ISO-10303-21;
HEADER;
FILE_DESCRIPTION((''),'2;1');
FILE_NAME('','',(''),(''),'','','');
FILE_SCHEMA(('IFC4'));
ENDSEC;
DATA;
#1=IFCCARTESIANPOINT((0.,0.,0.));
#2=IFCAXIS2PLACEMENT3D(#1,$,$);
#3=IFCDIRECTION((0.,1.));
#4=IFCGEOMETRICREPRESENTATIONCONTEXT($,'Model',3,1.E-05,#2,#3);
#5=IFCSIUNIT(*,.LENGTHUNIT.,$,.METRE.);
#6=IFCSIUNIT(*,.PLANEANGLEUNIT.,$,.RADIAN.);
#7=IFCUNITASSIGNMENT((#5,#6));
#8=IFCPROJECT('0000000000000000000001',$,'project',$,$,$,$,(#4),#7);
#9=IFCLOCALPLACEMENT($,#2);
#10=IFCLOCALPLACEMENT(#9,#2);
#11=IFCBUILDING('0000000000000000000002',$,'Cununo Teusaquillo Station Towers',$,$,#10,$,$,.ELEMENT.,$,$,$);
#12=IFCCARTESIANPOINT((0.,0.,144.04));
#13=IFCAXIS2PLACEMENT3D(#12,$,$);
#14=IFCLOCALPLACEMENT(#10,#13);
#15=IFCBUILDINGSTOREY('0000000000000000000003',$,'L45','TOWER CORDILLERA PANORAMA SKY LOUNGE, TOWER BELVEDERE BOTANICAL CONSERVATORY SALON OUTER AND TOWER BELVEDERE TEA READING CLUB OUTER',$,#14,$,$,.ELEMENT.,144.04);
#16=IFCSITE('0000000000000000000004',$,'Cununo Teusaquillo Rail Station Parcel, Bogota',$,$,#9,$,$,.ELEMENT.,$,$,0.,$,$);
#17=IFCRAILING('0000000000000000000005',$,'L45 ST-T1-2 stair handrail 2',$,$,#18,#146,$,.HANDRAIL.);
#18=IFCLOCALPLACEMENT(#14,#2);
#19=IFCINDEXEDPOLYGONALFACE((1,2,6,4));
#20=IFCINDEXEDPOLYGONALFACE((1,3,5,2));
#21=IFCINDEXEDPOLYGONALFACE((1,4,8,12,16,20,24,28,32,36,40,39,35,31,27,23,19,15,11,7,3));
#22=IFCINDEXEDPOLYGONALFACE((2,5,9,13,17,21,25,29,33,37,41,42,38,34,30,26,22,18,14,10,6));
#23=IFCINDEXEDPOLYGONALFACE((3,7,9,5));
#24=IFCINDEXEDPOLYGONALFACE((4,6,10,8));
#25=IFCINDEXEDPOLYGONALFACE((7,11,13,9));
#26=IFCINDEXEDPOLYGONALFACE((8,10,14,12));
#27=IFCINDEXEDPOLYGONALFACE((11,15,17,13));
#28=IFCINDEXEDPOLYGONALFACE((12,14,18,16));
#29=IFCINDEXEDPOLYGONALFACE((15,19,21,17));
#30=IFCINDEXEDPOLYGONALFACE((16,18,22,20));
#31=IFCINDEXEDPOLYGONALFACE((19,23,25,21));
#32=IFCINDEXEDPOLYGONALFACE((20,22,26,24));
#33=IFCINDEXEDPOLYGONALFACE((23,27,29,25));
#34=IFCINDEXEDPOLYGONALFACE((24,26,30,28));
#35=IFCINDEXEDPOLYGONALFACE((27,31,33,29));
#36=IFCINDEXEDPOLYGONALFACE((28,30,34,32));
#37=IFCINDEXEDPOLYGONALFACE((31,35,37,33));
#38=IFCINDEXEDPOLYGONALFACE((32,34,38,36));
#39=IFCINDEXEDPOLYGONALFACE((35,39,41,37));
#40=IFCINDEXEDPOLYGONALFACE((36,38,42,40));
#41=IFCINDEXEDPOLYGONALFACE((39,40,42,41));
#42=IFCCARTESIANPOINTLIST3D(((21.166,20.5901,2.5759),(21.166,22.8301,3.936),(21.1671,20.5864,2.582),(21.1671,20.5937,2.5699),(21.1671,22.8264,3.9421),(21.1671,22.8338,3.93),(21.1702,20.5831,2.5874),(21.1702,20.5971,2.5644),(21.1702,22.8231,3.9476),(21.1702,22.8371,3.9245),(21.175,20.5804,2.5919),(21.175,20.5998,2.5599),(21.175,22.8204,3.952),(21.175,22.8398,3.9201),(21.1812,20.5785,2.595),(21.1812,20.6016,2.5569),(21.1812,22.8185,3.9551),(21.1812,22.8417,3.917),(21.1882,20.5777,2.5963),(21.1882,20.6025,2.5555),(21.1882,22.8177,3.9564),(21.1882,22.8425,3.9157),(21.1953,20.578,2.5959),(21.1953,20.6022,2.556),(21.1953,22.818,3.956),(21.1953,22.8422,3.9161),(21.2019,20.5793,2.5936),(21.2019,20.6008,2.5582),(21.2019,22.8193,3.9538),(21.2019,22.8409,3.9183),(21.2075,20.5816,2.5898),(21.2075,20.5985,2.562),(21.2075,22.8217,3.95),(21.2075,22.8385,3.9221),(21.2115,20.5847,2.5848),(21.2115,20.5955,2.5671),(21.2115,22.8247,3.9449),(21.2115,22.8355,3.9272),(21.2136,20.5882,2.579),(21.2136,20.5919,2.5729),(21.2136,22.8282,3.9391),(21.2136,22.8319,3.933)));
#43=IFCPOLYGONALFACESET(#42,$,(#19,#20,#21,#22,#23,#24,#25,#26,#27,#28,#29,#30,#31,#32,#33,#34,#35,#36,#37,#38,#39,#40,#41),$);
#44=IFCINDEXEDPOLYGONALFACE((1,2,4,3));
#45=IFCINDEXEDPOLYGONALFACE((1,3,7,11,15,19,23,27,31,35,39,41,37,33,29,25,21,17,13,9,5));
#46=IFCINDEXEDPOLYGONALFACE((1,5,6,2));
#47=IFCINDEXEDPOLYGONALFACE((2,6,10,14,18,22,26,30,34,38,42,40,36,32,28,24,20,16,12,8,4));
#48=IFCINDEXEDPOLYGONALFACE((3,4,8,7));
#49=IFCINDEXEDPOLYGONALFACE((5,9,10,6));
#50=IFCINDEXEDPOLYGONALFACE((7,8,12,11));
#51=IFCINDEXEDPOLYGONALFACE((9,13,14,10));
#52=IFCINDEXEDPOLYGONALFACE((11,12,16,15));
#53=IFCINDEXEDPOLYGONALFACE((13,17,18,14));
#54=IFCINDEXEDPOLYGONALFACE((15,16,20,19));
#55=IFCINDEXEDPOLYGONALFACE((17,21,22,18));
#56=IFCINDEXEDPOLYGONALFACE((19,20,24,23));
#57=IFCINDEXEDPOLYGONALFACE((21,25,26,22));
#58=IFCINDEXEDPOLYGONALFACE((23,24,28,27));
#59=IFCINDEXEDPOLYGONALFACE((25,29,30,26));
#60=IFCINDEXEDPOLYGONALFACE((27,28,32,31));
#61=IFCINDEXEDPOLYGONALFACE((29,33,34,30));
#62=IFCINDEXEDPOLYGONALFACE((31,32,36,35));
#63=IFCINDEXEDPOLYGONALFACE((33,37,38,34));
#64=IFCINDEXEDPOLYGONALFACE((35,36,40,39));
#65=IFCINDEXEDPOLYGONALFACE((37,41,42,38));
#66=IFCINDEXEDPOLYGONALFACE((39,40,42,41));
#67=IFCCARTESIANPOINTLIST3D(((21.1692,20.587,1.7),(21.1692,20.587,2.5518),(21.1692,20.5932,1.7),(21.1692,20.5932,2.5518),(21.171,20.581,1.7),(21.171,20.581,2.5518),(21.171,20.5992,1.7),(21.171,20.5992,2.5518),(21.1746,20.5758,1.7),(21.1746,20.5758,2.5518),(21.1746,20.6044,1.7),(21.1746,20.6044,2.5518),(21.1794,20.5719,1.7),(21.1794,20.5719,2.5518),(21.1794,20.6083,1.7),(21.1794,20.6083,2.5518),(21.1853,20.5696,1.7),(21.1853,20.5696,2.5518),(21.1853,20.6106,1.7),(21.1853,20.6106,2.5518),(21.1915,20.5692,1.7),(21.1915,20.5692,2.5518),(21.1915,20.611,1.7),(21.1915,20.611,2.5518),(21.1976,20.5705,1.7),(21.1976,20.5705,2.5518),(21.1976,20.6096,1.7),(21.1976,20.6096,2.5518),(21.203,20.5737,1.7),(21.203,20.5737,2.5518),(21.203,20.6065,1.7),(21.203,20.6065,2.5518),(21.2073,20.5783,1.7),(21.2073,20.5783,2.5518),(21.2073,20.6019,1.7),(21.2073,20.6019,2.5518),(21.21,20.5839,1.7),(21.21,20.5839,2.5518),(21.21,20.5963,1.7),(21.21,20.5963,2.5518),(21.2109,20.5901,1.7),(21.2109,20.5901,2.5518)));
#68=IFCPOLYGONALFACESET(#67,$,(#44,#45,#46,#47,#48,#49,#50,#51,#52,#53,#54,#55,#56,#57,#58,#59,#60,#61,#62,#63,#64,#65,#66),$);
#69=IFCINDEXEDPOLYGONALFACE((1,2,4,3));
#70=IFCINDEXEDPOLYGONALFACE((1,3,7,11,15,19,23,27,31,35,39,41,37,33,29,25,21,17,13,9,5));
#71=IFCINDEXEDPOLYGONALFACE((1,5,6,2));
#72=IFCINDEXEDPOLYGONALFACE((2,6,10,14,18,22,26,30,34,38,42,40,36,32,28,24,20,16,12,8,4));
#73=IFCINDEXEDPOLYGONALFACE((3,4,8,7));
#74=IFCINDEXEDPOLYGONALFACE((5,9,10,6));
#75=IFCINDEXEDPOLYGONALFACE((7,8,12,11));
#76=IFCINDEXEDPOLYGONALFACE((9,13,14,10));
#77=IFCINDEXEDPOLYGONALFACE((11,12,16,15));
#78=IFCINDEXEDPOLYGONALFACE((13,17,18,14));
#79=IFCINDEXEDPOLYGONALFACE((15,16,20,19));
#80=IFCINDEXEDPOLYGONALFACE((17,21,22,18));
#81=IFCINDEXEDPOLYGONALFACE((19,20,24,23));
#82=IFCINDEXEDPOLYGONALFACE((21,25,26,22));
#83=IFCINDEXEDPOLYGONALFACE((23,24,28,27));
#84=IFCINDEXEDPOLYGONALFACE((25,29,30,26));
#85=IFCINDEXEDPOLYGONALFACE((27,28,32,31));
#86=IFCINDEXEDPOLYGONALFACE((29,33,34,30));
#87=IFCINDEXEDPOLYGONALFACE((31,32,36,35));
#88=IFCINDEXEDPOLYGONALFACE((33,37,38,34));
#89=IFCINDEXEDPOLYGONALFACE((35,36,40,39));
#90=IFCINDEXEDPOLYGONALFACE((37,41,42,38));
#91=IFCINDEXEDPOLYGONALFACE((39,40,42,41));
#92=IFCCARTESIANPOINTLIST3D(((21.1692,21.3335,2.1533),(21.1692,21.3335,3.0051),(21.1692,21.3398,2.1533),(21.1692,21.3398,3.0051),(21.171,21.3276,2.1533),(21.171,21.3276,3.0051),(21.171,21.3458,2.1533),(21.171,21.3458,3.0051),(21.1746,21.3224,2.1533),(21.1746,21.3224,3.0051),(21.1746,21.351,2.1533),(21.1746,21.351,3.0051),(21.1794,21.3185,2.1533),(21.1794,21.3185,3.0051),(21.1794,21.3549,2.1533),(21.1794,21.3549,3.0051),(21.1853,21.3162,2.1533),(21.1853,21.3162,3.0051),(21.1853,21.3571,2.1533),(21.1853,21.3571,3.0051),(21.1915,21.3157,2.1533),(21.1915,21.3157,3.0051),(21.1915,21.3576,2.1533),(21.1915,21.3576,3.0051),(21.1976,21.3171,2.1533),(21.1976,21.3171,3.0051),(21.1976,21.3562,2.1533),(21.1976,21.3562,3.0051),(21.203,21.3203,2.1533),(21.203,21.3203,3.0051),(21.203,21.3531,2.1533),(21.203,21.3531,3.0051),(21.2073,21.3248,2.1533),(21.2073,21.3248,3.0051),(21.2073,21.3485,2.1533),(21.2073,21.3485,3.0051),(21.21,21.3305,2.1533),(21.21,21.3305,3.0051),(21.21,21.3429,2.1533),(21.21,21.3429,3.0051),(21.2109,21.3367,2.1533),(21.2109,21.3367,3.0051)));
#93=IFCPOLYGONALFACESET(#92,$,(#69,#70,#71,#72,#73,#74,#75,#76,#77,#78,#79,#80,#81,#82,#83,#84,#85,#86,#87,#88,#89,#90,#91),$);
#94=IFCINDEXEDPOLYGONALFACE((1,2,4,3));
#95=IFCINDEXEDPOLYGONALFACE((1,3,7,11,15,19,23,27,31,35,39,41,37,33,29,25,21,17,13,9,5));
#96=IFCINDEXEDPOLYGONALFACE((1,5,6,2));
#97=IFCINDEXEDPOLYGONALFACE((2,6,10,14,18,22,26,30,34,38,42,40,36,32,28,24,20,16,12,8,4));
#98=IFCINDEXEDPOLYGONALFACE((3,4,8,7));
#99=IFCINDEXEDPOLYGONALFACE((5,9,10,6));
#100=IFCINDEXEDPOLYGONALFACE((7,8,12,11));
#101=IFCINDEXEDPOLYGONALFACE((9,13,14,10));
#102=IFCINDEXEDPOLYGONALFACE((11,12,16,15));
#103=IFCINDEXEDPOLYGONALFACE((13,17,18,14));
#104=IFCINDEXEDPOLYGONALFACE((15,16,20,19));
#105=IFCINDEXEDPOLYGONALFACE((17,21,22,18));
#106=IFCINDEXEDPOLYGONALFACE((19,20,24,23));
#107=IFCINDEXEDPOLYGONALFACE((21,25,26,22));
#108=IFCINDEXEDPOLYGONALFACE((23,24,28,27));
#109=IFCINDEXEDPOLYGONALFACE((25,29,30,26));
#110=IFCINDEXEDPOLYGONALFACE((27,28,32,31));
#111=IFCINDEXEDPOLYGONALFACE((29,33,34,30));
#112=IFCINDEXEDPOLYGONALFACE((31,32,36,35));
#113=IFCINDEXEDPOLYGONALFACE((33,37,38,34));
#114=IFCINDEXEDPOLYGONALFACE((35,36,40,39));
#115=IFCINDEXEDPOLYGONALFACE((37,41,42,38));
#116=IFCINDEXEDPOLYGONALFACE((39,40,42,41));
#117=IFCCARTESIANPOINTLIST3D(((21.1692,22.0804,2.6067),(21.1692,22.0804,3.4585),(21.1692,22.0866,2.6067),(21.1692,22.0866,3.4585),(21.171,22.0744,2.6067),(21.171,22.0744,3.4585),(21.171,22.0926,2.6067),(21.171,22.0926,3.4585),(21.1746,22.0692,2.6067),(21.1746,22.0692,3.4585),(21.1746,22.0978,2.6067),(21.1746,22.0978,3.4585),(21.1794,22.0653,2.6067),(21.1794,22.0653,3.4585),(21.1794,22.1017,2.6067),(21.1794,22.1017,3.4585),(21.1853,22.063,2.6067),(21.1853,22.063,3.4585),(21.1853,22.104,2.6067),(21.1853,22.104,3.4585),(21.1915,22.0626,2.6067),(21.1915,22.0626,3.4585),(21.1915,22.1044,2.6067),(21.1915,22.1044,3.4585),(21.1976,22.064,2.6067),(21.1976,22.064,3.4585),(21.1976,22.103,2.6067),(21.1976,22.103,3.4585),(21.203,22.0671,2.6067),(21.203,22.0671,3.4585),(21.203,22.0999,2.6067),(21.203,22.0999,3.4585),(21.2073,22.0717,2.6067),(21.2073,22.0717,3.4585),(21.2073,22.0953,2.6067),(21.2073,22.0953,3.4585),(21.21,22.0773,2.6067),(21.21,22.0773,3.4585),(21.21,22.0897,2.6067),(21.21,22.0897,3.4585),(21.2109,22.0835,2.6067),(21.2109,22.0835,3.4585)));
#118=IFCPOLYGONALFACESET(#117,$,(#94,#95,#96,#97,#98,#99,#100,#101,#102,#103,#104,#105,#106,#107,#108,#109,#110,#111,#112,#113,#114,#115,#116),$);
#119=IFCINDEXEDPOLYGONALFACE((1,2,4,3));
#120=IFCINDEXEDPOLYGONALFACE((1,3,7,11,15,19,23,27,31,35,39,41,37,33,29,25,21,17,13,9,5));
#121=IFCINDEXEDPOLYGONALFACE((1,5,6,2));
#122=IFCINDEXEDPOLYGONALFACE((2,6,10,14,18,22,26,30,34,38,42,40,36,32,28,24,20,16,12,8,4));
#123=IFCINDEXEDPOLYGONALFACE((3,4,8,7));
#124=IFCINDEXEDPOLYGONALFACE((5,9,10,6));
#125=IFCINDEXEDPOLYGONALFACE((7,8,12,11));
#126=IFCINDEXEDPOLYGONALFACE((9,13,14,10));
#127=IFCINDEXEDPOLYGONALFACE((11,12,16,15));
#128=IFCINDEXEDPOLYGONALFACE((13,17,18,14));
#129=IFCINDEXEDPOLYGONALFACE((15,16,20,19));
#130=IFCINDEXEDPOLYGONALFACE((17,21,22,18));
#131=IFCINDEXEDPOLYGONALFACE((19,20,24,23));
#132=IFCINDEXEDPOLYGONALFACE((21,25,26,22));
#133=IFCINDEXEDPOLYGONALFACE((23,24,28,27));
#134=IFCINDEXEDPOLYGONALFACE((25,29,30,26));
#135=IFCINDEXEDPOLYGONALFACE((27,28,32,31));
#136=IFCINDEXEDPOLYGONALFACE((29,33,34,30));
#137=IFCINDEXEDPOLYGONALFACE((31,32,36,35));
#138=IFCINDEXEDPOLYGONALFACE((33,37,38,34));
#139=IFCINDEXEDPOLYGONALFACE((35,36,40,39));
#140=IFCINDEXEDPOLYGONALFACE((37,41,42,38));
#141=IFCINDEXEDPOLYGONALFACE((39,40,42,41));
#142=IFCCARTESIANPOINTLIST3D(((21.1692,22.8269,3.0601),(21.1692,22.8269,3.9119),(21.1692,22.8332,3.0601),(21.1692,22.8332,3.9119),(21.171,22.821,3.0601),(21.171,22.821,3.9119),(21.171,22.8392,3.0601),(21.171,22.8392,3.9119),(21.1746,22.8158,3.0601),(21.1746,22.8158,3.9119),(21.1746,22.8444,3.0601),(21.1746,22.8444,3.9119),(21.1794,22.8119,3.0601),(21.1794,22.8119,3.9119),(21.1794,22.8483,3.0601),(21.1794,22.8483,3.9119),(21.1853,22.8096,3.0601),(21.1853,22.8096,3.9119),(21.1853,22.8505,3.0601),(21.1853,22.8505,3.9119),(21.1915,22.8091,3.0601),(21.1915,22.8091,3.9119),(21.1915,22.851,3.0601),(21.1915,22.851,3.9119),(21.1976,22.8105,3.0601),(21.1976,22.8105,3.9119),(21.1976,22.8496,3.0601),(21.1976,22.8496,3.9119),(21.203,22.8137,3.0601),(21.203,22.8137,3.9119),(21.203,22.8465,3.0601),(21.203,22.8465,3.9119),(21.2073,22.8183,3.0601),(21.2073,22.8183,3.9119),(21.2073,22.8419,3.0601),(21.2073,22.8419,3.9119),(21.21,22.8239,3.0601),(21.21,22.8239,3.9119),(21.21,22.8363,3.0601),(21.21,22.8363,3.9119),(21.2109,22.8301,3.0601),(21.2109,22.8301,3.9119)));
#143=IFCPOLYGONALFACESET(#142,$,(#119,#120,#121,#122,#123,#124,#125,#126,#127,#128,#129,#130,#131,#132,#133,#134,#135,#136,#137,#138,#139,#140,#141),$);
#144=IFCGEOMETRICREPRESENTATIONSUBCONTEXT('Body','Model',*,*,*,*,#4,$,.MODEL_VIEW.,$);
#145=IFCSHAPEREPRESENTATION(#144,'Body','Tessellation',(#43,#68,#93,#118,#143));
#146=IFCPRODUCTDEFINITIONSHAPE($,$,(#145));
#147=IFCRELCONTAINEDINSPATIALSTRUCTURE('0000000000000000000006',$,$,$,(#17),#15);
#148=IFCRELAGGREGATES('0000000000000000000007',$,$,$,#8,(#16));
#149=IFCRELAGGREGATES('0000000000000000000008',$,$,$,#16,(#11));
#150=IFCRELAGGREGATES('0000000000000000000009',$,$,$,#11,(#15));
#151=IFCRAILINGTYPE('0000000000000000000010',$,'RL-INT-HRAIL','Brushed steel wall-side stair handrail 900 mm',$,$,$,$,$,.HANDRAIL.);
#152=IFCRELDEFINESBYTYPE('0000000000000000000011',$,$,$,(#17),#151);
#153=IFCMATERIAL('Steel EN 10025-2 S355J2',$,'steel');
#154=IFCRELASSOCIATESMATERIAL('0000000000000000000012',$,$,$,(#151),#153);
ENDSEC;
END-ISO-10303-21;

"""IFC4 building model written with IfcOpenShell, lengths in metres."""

from ifc_helpers import new_model, si_unit, direction, frame, origin, origin_2d, place, context, subcontext, project, spatial, circle, extrude, material, type_object, element, save


model = new_model("IFC4")

# Units and contexts
model_context = context("Model", 3, precision=1e-05, world=origin(), true_north=direction((0.0, 1.0)))
body_context = subcontext(model_context, "Body", "Model", "MODEL_VIEW")
ifc_project = project(units=[si_unit("LENGTHUNIT", "METRE"), si_unit("PLANEANGLEUNIT", "RADIAN")], contexts=[model_context])

# Site, building, storey
site_placement = place(None, origin())
site = spatial("IfcSite", under=ifc_project, at=site_placement, Name="Cununo Teusaquillo Rail Station Parcel, Bogota", CompositionType="ELEMENT", RefElevation=0.0)
building_placement = place(site_placement, origin())
building = spatial("IfcBuilding", under=site, at=building_placement, Name="Cununo Teusaquillo Station Towers", CompositionType="ELEMENT")
storey_placement = place(building_placement, frame((0.0, 0.0, 144.04)))
storey = spatial("IfcBuildingStorey", under=building, at=storey_placement, Name="L45", Description="TOWER CORDILLERA PANORAMA SKY LOUNGE, TOWER BELVEDERE BOTANICAL CONSERVATORY SALON OUTER AND TOWER BELVEDERE TEA READING CLUB OUTER", CompositionType="ELEMENT", Elevation=144.04)

# Railing
ifc_material_1 = material(Name="Steel EN 10025-2 S355J2", Category="steel")
railing_type_1 = type_object("IfcRailingType", Name="RL-INT-HRAIL", Description="Brushed steel wall-side stair handrail 900 mm", PredefinedType="HANDRAIL", material=ifc_material_1)
railing_1_placement = place(storey_placement, frame((21.1899, 20.5901, 1.7)))
element("IfcRailing", 1, at=railing_1_placement, inside=storey, type_object=railing_type_1, Name="L45 ST-T1-2 stair handrail 2", PredefinedType="HANDRAIL", context=body_context, shape_type="SweptSolid", body=[
    extrude(circle(Radius=0.0239, at=origin_2d()), frame((0.0, 0.0, 0.876), z_axis=(0.0, 0.854768, 0.51901), x_axis=(-1.0, 0.0, 0.0)), (0.0, 0.0, 1.0), 2.6206),
    extrude(circle(Radius=0.021, at=origin_2d()), origin(), (0.0, 0.0, 1.0), 0.8518),
    extrude(circle(Radius=0.021, at=origin_2d()), frame((0.0, 0.7466, 0.4534)), (0.0, 0.0, 1.0), 0.8518),
    extrude(circle(Radius=0.021, at=origin_2d()), frame((0.0, 1.4934, 0.9067)), (0.0, 0.0, 1.0), 0.8518),
    extrude(circle(Radius=0.021, at=origin_2d()), frame((0.0, 2.24, 1.3601)), (0.0, 0.0, 1.0), 0.8518),
])

save(model, "model.ifc")
